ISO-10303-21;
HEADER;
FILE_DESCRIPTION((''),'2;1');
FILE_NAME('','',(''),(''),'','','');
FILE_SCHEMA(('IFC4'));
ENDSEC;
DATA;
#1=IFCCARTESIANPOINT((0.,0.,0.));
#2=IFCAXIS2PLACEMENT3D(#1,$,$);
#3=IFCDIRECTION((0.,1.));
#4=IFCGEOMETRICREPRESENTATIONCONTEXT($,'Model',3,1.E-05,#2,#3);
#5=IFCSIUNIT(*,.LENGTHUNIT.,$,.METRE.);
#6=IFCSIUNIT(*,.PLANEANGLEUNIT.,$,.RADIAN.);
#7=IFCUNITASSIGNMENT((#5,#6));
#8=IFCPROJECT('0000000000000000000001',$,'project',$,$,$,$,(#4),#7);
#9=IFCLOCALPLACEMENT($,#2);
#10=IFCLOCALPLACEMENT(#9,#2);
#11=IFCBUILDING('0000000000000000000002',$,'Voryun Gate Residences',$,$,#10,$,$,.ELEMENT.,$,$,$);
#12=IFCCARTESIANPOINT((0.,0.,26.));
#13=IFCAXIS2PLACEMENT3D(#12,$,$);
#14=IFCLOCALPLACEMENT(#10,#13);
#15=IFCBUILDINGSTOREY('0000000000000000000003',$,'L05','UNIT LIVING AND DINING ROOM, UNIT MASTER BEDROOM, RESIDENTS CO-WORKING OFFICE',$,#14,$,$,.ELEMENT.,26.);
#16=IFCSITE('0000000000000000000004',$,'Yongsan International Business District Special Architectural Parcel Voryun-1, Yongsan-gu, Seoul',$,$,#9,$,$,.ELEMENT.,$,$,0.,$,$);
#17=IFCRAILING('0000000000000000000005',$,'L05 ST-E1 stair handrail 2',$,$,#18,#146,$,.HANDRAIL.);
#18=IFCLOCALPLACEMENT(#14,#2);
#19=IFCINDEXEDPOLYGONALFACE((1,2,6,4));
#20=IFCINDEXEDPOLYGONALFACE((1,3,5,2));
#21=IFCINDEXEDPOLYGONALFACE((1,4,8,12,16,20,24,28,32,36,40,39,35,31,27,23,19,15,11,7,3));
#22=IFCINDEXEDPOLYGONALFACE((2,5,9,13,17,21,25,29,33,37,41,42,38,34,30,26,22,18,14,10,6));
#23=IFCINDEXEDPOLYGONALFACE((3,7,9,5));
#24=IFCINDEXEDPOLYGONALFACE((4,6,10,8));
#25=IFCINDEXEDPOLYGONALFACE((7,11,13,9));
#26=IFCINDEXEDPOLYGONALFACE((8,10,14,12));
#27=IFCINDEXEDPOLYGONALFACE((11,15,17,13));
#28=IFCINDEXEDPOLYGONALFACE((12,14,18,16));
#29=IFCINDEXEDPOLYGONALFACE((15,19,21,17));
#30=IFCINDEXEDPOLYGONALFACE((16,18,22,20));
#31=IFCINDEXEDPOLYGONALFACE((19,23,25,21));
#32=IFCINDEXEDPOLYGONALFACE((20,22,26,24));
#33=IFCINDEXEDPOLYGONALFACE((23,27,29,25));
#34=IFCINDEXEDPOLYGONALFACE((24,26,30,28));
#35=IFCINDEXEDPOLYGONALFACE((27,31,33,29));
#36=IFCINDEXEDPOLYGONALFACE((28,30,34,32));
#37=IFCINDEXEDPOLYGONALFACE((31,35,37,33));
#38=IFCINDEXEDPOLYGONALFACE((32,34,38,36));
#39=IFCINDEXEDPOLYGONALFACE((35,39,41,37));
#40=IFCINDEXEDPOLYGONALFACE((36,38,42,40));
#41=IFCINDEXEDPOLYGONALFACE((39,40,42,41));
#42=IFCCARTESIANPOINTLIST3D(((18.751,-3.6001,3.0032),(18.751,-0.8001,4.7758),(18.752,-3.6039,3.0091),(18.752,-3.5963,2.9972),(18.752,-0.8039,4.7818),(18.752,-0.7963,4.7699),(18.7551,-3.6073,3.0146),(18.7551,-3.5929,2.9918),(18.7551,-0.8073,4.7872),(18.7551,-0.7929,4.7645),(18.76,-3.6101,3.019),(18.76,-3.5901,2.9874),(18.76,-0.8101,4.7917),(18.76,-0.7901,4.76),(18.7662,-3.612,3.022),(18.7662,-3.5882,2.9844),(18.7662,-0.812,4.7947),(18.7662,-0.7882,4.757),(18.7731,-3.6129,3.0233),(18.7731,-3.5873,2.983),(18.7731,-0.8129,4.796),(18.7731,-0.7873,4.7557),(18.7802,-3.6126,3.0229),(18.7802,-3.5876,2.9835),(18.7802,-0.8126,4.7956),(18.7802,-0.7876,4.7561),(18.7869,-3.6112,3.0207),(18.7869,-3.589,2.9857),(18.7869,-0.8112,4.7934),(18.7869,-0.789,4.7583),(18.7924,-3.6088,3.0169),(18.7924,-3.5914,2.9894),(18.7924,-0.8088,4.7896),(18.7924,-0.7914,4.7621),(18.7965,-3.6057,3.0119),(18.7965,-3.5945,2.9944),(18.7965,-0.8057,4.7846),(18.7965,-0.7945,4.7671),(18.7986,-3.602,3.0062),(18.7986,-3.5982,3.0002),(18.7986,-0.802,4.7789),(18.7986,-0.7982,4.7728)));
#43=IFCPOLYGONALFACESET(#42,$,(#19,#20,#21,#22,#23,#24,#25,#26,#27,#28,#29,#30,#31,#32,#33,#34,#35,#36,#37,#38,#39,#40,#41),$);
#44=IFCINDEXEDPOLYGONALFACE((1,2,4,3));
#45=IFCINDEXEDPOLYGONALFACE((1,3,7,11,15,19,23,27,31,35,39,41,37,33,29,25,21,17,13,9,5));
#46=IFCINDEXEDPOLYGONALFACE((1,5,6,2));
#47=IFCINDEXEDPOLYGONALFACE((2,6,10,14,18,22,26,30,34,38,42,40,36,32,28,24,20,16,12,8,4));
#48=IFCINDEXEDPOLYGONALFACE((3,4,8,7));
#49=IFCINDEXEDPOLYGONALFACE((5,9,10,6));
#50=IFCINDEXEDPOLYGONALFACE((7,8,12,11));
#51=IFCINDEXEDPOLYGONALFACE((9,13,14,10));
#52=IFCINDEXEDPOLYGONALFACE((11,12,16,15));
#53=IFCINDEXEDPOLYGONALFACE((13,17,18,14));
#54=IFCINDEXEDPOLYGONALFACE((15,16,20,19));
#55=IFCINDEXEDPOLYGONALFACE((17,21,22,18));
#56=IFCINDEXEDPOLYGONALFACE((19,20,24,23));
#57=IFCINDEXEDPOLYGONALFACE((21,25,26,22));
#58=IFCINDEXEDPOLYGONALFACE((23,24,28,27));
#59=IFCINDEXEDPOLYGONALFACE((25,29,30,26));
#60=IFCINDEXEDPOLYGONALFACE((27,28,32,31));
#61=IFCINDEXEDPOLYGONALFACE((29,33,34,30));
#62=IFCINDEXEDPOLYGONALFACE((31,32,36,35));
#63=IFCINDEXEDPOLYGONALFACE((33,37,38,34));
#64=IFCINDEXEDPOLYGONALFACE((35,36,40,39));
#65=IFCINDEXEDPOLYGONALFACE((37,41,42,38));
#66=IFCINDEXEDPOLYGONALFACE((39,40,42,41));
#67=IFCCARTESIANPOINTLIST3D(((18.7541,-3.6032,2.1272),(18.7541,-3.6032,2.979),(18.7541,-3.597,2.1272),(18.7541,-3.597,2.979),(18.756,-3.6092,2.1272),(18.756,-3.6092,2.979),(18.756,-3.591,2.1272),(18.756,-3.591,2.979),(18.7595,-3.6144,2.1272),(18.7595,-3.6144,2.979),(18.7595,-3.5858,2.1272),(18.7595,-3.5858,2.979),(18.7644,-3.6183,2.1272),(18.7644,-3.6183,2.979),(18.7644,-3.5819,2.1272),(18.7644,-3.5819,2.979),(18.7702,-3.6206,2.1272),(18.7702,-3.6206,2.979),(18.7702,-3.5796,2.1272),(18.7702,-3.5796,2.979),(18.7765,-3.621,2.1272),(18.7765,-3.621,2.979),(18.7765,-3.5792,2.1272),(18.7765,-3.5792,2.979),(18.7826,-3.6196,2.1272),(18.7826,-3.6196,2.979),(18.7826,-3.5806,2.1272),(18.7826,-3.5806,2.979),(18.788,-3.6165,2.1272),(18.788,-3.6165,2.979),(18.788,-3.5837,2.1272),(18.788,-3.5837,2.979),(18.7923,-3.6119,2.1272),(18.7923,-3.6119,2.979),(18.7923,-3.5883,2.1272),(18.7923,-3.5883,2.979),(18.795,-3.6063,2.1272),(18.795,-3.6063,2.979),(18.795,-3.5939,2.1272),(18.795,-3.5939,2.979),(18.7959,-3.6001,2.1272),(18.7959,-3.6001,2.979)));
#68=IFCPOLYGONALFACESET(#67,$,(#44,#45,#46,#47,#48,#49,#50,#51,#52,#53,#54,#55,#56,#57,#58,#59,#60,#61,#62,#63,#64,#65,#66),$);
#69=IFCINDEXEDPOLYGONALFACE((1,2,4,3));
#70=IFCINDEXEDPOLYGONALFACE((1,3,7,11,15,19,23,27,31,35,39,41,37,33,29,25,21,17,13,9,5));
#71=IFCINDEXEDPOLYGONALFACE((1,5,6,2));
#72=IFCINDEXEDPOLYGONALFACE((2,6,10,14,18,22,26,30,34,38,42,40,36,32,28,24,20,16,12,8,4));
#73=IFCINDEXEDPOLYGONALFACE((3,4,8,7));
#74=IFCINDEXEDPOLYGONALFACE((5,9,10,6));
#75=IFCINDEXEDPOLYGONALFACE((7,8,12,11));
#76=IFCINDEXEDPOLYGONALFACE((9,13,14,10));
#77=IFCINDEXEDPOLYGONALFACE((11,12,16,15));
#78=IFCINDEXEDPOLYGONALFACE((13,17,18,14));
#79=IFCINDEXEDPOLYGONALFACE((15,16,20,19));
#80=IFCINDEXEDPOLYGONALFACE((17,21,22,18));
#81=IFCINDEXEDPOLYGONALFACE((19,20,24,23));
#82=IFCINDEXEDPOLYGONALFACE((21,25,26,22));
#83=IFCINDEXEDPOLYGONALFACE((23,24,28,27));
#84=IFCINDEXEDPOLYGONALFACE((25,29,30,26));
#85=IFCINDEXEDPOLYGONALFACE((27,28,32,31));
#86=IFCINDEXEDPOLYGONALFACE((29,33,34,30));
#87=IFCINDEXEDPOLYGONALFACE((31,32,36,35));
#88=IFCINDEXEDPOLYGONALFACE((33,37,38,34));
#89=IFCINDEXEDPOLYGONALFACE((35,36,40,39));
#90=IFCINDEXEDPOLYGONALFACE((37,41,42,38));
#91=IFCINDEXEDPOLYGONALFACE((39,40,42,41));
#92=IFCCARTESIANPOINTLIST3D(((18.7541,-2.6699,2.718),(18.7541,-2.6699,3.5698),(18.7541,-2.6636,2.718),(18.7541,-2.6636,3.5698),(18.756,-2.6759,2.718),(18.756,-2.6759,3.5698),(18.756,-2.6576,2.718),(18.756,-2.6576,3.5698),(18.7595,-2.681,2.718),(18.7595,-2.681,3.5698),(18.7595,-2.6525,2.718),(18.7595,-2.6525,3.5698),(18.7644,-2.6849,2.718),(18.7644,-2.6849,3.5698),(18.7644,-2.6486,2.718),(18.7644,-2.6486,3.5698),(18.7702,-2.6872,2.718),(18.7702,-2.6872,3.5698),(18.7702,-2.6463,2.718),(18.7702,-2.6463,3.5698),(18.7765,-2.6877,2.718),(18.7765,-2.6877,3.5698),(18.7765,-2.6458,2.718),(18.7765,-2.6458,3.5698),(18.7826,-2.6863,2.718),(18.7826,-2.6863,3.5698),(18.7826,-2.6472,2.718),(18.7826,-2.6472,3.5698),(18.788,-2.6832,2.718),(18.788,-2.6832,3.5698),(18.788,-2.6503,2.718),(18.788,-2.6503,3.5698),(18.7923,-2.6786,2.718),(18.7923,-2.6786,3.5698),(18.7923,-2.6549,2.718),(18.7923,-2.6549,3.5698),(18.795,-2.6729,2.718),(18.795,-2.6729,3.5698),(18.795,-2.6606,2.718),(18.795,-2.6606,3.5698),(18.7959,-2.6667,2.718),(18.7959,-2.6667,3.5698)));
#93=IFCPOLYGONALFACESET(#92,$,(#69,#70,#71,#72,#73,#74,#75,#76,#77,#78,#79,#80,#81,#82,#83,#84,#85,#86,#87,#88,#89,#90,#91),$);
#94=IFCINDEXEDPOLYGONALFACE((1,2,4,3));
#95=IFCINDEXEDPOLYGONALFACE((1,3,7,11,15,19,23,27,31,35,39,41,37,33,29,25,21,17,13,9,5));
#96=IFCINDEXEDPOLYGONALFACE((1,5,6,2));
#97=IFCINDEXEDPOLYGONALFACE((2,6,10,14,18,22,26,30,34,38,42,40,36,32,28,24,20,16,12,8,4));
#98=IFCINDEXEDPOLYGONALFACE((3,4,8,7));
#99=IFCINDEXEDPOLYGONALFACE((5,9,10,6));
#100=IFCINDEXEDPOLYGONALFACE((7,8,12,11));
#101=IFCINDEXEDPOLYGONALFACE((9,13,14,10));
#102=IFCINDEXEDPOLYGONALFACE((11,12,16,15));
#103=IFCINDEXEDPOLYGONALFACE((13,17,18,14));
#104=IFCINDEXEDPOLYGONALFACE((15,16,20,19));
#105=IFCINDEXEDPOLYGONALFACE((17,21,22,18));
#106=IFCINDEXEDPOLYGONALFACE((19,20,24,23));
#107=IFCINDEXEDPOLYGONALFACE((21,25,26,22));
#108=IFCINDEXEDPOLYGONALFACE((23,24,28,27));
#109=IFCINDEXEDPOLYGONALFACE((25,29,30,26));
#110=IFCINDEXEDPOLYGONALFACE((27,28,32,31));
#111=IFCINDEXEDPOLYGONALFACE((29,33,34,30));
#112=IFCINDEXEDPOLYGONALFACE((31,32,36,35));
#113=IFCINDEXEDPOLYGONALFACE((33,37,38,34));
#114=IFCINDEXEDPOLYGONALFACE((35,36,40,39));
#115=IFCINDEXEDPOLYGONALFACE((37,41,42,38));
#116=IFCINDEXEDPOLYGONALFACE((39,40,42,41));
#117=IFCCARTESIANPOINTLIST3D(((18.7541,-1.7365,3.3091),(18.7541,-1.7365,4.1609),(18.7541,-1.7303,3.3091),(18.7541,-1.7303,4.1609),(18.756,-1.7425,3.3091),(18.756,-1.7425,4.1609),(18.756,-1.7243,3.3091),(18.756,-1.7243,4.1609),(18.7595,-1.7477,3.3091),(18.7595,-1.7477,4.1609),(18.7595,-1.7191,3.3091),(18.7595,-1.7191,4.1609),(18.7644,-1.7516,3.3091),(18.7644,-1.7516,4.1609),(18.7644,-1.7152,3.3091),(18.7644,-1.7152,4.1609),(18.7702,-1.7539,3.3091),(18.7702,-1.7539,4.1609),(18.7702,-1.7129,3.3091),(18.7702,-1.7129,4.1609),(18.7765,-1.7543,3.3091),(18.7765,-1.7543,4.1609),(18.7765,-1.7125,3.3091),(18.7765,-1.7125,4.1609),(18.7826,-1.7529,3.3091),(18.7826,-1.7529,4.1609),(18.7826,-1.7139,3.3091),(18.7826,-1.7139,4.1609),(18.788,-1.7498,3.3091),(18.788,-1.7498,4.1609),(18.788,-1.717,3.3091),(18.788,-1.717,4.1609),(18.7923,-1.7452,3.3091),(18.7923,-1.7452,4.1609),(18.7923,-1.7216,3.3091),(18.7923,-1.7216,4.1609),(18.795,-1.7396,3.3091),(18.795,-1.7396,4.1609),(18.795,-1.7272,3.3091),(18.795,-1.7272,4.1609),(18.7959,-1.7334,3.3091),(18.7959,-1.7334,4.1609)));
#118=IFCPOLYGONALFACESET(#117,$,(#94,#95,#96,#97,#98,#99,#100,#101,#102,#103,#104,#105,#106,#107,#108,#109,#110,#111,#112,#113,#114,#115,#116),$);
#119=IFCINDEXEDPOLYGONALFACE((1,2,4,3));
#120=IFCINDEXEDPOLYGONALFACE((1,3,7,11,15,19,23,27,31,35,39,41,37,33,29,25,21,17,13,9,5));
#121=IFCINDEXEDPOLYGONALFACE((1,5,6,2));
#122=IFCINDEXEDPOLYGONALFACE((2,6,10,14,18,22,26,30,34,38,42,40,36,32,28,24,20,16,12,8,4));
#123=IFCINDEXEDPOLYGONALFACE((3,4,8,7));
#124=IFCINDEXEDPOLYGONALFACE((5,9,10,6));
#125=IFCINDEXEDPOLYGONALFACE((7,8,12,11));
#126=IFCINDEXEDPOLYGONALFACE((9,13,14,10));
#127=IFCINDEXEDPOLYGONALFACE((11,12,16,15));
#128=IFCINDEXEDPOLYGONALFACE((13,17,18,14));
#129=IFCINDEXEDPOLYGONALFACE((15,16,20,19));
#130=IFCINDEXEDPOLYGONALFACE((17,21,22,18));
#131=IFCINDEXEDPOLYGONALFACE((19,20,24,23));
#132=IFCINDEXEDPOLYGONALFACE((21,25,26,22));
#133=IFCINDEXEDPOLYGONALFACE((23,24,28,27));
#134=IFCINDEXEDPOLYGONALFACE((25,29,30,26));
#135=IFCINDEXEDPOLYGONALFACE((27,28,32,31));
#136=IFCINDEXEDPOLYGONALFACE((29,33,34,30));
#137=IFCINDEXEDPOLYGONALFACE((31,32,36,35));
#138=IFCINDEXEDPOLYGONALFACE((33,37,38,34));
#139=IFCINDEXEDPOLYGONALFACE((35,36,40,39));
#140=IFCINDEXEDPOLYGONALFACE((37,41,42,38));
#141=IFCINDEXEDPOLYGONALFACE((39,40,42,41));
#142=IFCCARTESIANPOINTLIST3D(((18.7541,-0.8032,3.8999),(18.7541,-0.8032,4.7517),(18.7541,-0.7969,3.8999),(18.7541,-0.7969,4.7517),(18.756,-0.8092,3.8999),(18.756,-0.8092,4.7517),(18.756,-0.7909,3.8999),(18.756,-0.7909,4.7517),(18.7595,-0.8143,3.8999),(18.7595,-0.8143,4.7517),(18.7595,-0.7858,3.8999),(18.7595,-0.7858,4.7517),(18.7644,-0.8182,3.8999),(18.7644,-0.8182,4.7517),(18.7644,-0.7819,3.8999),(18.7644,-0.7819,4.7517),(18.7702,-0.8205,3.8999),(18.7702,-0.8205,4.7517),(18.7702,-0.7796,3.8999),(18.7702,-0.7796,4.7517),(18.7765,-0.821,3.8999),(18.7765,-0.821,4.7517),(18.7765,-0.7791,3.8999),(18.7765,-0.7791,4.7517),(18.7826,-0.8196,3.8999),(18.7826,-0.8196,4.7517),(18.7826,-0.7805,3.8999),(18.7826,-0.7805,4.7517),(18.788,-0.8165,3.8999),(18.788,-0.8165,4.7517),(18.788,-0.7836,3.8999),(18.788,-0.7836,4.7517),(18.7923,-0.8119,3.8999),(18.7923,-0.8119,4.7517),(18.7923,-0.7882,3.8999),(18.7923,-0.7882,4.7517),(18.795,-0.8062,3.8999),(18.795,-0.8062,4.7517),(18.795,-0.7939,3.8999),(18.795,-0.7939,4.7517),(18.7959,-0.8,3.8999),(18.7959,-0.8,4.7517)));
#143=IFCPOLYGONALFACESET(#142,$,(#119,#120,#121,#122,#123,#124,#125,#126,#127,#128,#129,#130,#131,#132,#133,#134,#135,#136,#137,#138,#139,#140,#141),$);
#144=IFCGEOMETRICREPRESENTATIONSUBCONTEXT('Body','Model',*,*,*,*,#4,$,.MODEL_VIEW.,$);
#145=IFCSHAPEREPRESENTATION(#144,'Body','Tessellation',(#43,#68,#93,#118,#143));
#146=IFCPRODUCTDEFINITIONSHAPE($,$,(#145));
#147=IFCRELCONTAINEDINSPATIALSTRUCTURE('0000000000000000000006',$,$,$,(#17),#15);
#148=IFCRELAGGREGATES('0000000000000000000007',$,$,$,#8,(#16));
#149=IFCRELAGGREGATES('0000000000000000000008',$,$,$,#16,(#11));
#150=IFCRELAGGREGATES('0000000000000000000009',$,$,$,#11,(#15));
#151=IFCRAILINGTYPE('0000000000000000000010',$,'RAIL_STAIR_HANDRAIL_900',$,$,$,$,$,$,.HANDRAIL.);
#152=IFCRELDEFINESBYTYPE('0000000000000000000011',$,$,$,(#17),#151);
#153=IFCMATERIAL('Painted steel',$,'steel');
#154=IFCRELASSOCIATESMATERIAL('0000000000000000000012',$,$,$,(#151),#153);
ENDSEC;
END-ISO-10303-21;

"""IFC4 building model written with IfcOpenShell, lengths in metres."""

from ifc_helpers import new_model, si_unit, direction, frame, origin, origin_2d, place, context, subcontext, project, spatial, circle, extrude, material, type_object, element, save


model = new_model("IFC4")

# Units and contexts
model_context = context("Model", 3, precision=1e-05, world=origin(), true_north=direction((0.0, 1.0)))
body_context = subcontext(model_context, "Body", "Model", "MODEL_VIEW")
ifc_project = project(units=[si_unit("LENGTHUNIT", "METRE"), si_unit("PLANEANGLEUNIT", "RADIAN")], contexts=[model_context])

# Site, building, storey
site_placement = place(None, origin())
site = spatial("IfcSite", under=ifc_project, at=site_placement, Name="Yongsan International Business District Special Architectural Parcel Voryun-1, Yongsan-gu, Seoul", CompositionType="ELEMENT", RefElevation=0.0)
building_placement = place(site_placement, origin())
building = spatial("IfcBuilding", under=site, at=building_placement, Name="Voryun Gate Residences", CompositionType="ELEMENT")
storey_placement = place(building_placement, frame((0.0, 0.0, 26.0)))
storey = spatial("IfcBuildingStorey", under=building, at=storey_placement, Name="L05", Description="UNIT LIVING AND DINING ROOM, UNIT MASTER BEDROOM, RESIDENTS CO-WORKING OFFICE", CompositionType="ELEMENT", Elevation=26.0)

# Railing
ifc_material_1 = material(Name="Painted steel", Category="steel")
railing_type_1 = type_object("IfcRailingType", Name="RAIL_STAIR_HANDRAIL_900", PredefinedType="HANDRAIL", material=ifc_material_1)
railing_1_placement = place(storey_placement, frame((18.7749, -3.6001, 2.1272)))
element("IfcRailing", 1, at=railing_1_placement, inside=storey, type_object=railing_type_1, Name="L05 ST-E1 stair handrail 2", PredefinedType="HANDRAIL", context=body_context, shape_type="SweptSolid", body=[
    extrude(circle(Radius=0.0239, at=origin_2d()), frame((0.0, 0.0, 0.876), z_axis=(0.0, 0.844909, 0.53491), x_axis=(-1.0, 0.0, 0.0)), (0.0, 0.0, 1.0), 3.314),
    extrude(circle(Radius=0.021, at=origin_2d()), origin(), (0.0, 0.0, 1.0), 0.8518),
    extrude(circle(Radius=0.021, at=origin_2d()), frame((0.0, 0.9333, 0.5908)), (0.0, 0.0, 1.0), 0.8518),
    extrude(circle(Radius=0.021, at=origin_2d()), frame((0.0, 1.8667, 1.1819)), (0.0, 0.0, 1.0), 0.8518),
    extrude(circle(Radius=0.021, at=origin_2d()), frame((0.0, 2.8, 1.7727)), (0.0, 0.0, 1.0), 0.8518),
])

save(model, "model.ifc")
